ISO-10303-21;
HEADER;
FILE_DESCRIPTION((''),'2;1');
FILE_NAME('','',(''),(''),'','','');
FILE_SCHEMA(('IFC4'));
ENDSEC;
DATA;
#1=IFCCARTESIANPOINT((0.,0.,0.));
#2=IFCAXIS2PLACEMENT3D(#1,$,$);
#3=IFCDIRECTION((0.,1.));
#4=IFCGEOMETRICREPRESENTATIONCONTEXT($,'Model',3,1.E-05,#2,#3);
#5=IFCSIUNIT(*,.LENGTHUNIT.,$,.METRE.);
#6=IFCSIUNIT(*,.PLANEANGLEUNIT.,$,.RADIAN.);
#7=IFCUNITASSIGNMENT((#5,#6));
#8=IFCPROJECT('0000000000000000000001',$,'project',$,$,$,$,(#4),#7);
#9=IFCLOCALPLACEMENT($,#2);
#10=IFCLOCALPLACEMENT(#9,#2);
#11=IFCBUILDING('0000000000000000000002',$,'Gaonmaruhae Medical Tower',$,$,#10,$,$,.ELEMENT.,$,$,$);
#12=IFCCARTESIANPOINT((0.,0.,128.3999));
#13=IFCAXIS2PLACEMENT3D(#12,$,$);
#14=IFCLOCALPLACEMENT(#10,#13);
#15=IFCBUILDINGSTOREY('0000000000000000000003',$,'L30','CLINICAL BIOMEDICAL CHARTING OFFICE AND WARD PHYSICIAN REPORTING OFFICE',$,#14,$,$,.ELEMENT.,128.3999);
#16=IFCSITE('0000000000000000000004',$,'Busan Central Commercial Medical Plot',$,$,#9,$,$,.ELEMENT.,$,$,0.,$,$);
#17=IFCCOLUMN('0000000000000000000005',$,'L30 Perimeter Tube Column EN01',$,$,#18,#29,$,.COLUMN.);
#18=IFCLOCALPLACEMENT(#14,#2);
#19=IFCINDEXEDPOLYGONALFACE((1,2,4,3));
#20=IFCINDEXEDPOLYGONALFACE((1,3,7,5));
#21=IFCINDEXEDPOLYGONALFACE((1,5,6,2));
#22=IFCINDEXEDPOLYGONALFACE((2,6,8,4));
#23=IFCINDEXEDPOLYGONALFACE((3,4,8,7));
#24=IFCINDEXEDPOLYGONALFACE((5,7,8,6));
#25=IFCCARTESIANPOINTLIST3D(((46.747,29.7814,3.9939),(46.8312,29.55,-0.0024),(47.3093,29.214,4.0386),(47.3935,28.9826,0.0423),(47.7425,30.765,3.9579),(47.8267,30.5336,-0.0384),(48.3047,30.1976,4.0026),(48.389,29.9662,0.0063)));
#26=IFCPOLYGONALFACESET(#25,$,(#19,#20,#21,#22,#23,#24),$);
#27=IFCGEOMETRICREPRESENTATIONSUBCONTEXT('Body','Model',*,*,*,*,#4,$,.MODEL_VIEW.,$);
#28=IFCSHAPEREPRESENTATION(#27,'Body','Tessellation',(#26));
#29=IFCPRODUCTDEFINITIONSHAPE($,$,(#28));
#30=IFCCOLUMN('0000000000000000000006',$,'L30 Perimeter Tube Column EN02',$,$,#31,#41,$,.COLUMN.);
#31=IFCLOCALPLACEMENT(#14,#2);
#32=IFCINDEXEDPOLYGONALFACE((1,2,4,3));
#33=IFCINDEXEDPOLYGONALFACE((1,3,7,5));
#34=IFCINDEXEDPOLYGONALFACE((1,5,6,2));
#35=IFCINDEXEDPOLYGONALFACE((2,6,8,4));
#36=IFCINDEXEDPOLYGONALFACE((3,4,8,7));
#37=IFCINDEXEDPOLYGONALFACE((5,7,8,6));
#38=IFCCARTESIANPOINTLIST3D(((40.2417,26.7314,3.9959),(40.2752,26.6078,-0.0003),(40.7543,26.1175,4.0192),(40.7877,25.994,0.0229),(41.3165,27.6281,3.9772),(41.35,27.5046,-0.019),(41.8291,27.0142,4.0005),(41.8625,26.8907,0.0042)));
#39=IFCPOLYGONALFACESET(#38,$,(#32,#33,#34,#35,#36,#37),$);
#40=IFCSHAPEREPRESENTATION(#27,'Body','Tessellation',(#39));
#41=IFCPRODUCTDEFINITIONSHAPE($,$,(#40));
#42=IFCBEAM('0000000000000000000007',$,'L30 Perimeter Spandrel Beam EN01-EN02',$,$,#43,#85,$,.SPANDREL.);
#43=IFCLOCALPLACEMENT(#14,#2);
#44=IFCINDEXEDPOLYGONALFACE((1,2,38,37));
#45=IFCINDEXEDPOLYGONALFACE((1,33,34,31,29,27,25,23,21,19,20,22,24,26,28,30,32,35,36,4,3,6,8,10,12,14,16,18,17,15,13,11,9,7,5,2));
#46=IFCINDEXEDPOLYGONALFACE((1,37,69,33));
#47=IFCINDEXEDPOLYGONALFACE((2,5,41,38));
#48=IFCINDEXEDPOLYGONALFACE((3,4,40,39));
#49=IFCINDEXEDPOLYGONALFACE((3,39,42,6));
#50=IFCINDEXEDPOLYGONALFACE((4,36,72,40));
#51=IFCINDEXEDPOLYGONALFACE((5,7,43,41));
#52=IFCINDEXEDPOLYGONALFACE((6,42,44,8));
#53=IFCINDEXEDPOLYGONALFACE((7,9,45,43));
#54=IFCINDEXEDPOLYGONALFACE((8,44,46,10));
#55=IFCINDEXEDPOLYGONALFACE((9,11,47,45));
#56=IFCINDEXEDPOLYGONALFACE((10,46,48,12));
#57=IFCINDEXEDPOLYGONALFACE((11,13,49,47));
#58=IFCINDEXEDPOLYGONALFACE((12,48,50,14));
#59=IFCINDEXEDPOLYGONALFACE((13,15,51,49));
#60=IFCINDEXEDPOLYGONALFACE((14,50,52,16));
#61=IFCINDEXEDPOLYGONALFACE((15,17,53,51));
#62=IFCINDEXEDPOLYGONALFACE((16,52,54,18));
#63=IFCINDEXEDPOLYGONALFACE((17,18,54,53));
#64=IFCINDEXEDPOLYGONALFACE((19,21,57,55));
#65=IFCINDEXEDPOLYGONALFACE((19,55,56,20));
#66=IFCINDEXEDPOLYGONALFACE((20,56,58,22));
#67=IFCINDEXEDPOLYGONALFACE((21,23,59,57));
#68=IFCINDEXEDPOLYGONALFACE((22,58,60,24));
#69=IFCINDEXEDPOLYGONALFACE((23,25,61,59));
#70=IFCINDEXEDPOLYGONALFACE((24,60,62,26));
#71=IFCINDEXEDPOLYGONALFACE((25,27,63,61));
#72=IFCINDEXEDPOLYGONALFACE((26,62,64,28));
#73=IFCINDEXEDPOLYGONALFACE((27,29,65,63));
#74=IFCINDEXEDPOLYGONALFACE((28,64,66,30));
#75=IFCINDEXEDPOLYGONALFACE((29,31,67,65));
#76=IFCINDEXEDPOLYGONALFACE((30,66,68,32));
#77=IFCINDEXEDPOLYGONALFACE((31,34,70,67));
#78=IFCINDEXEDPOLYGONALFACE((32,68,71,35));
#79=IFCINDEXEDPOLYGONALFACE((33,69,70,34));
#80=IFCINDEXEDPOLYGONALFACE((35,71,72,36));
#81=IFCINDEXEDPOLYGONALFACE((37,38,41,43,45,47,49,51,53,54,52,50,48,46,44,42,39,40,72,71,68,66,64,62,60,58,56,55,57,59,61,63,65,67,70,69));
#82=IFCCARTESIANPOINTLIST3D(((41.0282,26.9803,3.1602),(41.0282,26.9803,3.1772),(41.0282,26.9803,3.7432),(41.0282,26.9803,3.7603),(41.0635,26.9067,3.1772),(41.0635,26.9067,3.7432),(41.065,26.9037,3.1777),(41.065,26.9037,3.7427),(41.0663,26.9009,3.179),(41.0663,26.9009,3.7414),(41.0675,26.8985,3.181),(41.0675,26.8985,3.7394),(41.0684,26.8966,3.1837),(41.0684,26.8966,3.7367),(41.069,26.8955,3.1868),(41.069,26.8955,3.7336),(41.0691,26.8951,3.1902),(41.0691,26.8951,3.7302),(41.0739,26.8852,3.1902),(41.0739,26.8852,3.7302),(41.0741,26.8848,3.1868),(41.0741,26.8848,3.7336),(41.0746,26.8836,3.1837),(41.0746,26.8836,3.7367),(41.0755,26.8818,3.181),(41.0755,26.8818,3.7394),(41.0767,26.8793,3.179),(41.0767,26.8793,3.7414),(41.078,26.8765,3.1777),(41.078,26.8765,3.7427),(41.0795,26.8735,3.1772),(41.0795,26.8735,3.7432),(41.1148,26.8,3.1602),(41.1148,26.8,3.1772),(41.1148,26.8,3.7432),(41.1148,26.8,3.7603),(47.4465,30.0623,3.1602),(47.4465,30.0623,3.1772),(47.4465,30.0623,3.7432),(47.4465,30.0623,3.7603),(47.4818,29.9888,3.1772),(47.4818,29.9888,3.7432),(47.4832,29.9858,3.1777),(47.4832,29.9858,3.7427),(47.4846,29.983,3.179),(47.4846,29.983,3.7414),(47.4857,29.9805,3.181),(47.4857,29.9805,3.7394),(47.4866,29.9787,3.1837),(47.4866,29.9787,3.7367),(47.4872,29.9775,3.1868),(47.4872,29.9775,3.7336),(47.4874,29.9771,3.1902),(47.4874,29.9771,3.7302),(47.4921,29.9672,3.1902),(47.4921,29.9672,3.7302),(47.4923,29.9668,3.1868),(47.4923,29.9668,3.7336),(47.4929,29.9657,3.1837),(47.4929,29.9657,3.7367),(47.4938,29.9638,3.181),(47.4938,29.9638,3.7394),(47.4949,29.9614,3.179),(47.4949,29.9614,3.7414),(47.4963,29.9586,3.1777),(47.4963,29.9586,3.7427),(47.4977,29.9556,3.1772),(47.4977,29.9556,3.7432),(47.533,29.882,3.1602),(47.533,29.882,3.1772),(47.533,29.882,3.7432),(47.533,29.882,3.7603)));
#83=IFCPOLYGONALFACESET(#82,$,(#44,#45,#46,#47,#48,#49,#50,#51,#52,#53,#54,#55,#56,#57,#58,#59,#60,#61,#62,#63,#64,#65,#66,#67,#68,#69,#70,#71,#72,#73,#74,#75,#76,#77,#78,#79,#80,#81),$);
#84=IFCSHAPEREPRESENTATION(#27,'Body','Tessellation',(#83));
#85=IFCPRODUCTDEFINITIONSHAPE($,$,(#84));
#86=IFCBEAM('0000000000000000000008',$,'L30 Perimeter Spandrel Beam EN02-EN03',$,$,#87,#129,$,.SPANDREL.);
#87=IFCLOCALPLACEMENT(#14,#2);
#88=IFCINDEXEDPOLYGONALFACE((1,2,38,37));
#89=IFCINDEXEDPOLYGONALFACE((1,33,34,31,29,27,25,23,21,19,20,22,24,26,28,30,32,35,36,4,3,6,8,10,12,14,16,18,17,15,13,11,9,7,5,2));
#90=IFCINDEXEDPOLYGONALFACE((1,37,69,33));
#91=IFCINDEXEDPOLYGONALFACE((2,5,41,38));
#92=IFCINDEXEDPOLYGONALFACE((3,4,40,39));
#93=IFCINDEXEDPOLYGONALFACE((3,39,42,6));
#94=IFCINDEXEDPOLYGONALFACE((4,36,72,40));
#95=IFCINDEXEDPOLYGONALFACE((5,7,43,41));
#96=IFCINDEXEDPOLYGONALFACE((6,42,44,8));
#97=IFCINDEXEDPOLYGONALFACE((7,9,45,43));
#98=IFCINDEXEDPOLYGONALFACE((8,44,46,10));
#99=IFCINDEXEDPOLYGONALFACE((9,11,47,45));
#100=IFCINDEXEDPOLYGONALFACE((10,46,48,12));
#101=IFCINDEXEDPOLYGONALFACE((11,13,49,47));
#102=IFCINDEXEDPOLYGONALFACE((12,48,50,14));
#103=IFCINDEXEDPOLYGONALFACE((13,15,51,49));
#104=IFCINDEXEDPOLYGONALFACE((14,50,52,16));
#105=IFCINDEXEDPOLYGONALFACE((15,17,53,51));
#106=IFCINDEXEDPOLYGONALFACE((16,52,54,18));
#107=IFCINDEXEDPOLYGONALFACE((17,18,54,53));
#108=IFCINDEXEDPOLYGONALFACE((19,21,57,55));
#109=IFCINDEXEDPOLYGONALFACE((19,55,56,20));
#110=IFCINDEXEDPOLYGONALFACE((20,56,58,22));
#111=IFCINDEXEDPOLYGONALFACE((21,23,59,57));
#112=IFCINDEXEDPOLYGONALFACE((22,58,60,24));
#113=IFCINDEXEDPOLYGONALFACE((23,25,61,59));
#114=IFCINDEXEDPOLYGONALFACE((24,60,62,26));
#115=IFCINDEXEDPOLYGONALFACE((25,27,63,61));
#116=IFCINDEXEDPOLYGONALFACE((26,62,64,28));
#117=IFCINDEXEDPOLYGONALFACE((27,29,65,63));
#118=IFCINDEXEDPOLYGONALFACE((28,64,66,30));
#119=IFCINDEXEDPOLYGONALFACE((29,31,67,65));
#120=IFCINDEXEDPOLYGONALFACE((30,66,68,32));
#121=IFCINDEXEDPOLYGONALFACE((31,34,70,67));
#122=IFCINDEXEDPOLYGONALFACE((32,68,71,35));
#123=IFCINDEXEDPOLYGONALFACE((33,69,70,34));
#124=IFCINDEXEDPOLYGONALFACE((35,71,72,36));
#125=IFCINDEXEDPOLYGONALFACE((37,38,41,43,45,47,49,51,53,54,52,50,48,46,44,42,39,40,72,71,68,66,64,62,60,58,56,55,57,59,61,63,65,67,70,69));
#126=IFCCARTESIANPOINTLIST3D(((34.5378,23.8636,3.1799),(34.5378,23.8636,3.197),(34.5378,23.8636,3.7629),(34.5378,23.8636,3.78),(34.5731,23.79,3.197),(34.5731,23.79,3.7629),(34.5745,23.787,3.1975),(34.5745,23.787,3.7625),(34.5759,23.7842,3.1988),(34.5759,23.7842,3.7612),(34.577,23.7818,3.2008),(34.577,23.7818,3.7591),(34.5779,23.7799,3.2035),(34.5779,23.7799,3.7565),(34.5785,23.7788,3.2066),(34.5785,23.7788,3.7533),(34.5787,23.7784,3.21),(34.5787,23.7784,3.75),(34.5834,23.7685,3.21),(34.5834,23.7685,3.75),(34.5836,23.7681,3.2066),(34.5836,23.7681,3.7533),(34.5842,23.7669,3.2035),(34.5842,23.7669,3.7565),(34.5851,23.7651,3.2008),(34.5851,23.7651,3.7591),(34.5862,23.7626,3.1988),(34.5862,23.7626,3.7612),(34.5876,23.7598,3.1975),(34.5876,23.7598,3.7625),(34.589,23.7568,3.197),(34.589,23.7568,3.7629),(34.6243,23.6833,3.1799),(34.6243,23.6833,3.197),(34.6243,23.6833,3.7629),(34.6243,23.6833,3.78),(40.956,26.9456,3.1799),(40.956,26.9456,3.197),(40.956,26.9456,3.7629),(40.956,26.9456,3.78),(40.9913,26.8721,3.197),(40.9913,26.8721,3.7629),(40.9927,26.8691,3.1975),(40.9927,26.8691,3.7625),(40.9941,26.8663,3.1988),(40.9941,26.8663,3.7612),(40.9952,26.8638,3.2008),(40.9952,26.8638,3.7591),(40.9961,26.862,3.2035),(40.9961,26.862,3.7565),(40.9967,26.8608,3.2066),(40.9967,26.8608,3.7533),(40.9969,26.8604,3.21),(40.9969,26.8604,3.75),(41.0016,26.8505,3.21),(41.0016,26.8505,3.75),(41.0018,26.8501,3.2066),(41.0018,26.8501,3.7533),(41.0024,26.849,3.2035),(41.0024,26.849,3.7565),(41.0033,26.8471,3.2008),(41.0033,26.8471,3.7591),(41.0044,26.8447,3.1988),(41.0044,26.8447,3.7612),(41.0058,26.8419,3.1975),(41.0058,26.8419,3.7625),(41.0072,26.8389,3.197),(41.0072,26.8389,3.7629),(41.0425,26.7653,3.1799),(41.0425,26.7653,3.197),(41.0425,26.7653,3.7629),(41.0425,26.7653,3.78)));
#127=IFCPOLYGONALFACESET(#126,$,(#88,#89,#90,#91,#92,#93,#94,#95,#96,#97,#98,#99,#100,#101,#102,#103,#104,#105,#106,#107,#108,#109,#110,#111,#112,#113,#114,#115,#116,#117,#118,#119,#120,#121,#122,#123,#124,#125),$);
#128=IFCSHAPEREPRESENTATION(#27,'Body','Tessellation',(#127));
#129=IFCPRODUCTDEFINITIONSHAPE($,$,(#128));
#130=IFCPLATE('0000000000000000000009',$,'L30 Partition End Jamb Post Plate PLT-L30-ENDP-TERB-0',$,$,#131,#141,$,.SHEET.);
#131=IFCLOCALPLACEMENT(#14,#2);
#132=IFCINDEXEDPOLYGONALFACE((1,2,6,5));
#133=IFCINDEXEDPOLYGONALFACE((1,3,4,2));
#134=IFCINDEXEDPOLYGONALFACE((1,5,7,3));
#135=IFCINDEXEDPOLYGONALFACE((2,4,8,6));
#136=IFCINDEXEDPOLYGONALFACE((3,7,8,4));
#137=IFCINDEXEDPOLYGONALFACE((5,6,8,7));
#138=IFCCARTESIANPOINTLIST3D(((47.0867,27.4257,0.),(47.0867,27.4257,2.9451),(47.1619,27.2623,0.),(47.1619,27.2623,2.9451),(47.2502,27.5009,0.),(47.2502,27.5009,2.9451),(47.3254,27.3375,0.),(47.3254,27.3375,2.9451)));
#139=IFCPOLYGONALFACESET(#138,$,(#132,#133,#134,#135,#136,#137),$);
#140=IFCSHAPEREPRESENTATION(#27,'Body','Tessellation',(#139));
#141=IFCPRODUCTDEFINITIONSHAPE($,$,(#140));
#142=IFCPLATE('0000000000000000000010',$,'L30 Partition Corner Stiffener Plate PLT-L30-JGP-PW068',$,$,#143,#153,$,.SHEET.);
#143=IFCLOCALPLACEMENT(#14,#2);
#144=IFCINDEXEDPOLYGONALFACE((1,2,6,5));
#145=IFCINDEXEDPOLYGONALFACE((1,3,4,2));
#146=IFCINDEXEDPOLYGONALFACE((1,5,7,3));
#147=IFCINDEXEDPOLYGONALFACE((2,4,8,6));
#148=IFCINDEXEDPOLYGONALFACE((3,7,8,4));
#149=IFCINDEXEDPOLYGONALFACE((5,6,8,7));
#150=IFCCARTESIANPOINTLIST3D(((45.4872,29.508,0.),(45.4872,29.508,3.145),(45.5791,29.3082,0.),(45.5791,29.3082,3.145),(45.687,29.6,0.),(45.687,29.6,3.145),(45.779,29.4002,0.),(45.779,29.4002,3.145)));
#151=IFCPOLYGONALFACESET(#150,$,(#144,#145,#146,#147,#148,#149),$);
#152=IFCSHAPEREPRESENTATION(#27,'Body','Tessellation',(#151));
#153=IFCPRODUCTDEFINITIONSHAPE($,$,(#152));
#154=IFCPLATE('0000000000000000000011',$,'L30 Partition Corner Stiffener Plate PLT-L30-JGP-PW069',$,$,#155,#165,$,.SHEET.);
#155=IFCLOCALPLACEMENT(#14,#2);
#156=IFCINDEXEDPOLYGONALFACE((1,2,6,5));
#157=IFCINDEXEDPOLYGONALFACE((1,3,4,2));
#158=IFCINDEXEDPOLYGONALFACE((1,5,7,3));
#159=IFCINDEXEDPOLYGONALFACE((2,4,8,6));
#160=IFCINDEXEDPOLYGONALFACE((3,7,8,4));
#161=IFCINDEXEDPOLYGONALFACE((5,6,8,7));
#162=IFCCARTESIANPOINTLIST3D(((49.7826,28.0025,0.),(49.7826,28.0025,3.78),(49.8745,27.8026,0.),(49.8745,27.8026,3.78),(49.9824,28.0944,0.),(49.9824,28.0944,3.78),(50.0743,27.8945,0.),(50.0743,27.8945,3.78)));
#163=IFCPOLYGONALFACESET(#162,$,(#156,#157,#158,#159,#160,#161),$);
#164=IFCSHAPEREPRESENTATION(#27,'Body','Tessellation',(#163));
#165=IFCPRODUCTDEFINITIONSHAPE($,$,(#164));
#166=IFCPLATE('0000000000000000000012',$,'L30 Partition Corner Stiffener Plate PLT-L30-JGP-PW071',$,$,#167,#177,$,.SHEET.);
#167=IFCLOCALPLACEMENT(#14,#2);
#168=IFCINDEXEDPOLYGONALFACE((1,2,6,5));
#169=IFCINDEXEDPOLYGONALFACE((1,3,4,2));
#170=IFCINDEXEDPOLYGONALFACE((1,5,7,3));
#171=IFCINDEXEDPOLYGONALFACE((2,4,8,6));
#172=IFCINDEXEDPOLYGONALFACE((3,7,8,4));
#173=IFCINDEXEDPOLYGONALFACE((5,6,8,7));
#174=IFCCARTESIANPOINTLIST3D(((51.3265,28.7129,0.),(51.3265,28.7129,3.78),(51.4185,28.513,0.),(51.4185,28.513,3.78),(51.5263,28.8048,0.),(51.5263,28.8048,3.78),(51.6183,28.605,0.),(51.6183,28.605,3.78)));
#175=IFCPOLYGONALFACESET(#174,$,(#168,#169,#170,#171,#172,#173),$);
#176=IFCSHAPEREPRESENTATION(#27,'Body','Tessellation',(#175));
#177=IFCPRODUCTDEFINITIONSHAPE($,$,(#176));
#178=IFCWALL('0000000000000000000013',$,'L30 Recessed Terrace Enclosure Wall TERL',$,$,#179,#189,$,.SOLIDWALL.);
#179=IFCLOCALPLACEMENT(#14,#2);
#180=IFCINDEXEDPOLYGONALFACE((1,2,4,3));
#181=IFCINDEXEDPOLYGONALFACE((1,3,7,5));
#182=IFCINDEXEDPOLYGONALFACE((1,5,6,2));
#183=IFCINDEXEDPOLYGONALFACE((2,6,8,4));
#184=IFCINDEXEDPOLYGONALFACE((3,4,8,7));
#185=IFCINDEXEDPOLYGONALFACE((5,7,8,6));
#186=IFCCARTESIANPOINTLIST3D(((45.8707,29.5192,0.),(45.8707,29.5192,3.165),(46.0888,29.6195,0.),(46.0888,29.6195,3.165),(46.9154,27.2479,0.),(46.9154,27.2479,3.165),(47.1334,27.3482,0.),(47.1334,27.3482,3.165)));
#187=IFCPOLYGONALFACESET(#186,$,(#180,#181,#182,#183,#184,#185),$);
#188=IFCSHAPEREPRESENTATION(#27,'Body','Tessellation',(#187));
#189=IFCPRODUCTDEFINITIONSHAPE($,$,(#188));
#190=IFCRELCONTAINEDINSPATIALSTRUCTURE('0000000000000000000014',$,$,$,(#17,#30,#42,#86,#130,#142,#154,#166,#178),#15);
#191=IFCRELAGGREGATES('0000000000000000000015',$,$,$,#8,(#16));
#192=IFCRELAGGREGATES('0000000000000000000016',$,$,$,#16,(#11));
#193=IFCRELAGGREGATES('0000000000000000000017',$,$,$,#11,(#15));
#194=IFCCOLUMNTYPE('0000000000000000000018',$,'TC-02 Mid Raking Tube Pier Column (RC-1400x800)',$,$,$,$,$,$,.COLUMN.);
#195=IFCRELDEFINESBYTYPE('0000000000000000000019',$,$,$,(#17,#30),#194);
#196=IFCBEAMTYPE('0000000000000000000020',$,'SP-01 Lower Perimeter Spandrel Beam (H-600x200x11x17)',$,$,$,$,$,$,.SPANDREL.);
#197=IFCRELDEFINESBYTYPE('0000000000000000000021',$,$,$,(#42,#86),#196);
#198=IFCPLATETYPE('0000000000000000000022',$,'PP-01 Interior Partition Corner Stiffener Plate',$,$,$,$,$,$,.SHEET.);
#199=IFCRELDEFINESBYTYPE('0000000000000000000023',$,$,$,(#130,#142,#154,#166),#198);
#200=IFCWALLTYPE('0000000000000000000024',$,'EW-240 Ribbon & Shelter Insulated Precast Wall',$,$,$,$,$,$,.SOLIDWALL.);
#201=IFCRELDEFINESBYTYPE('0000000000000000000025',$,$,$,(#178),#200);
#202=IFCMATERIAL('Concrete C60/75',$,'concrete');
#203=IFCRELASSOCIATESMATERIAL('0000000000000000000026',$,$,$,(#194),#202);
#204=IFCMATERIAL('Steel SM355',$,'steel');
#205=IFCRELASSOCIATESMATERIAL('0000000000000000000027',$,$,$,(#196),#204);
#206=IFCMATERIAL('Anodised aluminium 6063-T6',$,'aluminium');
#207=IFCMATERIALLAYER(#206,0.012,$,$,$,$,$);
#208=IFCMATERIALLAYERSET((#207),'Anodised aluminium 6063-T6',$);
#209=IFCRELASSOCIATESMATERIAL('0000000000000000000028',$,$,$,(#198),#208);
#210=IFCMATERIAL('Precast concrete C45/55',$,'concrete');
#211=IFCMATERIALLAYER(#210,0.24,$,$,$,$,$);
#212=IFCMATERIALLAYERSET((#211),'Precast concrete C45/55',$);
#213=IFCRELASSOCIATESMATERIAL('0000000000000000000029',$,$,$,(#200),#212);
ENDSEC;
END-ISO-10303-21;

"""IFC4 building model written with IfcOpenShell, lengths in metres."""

from ifc_helpers import new_model, si_unit, direction, frame, frame_2d, origin, origin_2d, place, context, subcontext, project, spatial, rectangle, i_section, extrude, material, layer, layer_set, material_profile, profile_set, type_object, element, save


model = new_model("IFC4")

# Units and contexts
model_context = context("Model", 3, precision=1e-05, world=origin(), true_north=direction((0.0, 1.0)))
body_context = subcontext(model_context, "Body", "Model", "MODEL_VIEW")
ifc_project = project(units=[si_unit("LENGTHUNIT", "METRE"), si_unit("PLANEANGLEUNIT", "RADIAN")], contexts=[model_context])

# Site, building, storey
site_placement = place(None, origin())
site = spatial("IfcSite", under=ifc_project, at=site_placement, Name="Busan Central Commercial Medical Plot", CompositionType="ELEMENT", RefElevation=0.0)
building_placement = place(site_placement, origin())
building = spatial("IfcBuilding", under=site, at=building_placement, Name="Gaonmaruhae Medical Tower", CompositionType="ELEMENT")
storey_placement = place(building_placement, frame((0.0, 0.0, 128.3999)))
storey = spatial("IfcBuildingStorey", under=building, at=storey_placement, Name="L30", Description="CLINICAL BIOMEDICAL CHARTING OFFICE AND WARD PHYSICIAN REPORTING OFFICE", CompositionType="ELEMENT", Elevation=128.3999)

# Columns
ifc_material_1 = material(Name="Concrete C60/75", Category="concrete")
ifc_material_profile_1 = material_profile(ifc_material_1, rectangle(XDim=1.3999, YDim=0.8, at=origin_2d()), Name="RC-1400x800")
ifc_profile_set_1 = profile_set([ifc_material_profile_1], Name="Concrete C60/75")
column_type = type_object("IfcColumnType", Name="TC-02 Mid Raking Tube Pier Column (RC-1400x800)", PredefinedType="COLUMN", material=ifc_profile_set_1)
column_1_placement = place(storey_placement, frame((47.6101, 29.7581, 0.002), z_axis=(-0.021037, 0.057805, 0.998106), x_axis=(-0.711099, -0.702622, 0.025704)))
element("IfcColumn", 1, at=column_1_placement, inside=storey, type_object=column_type, Name="L30 Perimeter Tube Column EN01", PredefinedType="COLUMN", context=body_context, shape_type="SweptSolid", body=[
    extrude(rectangle(XDim=1.3999, YDim=0.8, at=origin_2d()), origin(), (0.0, 0.0, 1.0), 4.0039),
])
column_2_placement = place(storey_placement, frame((41.0688, 26.7493, 0.002), z_axis=(-0.008365, 0.030896, 0.999488), x_axis=(-0.767784, -0.640569, 0.013375)))
element("IfcColumn", 2, at=column_2_placement, inside=storey, type_object=column_type, Name="L30 Perimeter Tube Column EN02", PredefinedType="COLUMN", context=body_context, shape_type="SweptSolid", body=[
    extrude(rectangle(XDim=1.3999, YDim=0.8, at=origin_2d()), origin(), (0.0, 0.0, 1.0), 3.9983),
])

# Beams
ifc_material_2 = material(Name="Steel SM355", Category="steel")
ifc_material_profile_2 = material_profile(ifc_material_2, i_section(OverallWidth=0.2, OverallDepth=0.6001, WebThickness=0.011, FlangeThickness=0.0171, FilletRadius=0.0129, at=origin_2d()), Name="H-600x200x11x17")
ifc_profile_set_2 = profile_set([ifc_material_profile_2], Name="Steel SM355")
beam_type = type_object("IfcBeamType", Name="SP-01 Lower Perimeter Spandrel Beam (H-600x200x11x17)", PredefinedType="SPANDREL", material=ifc_profile_set_2)
for number, where, z_axis, x_axis, name in (
    (3, (47.4897, 29.9722, 3.4602), (-0.901452, -0.432878, 0.0), (0.432878, -0.901452, 0.0), "L30 Perimeter Spandrel Beam EN01-EN02"),
    (4, (40.9993, 26.8555, 3.48), (-0.901452, -0.432878, 0.0), (0.432878, -0.901452, 0.0), "L30 Perimeter Spandrel Beam EN02-EN03"),
):
    element("IfcBeam", number, at=place(storey_placement, frame(where, z_axis=z_axis, x_axis=x_axis)), inside=storey, type_object=beam_type, Name=name, PredefinedType="SPANDREL", context=body_context, shape_type="SweptSolid", body=[
        extrude(i_section(OverallWidth=0.2, OverallDepth=0.6001, WebThickness=0.011, FlangeThickness=0.0171, FilletRadius=0.0129, at=origin_2d()), origin(), (0.0, 0.0, 1.0), 7.1199),
    ])

# Plates
ifc_material_3 = material(Name="Anodised aluminium 6063-T6", Category="aluminium")
ifc_layer_1 = layer(ifc_material_3, 0.012)
ifc_layer_set_1 = layer_set([ifc_layer_1], Name="Anodised aluminium 6063-T6")
plate_type = type_object("IfcPlateType", Name="PP-01 Interior Partition Corner Stiffener Plate", PredefinedType="SHEET", material=ifc_layer_set_1)
plate_1_placement = place(storey_placement, frame((47.2061, 27.3816, 0.0), z_axis=(0.0, 0.0, 1.0), x_axis=(0.908508, 0.417867, 0.0)))
element("IfcPlate", 5, at=plate_1_placement, inside=storey, type_object=plate_type, Name="L30 Partition End Jamb Post Plate PLT-L30-ENDP-TERB-0", PredefinedType="SHEET", context=body_context, shape_type="SweptSolid", body=[
    extrude(rectangle(XDim=0.1799, YDim=0.1799, at=origin_2d()), origin(), (0.0, 0.0, 1.0), 2.9451),
])
plate_2_placement = place(storey_placement, frame((45.6331, 29.4541, 0.0), z_axis=(0.0, 0.0, 1.0), x_axis=(0.908384, 0.418137, 0.0)))
element("IfcPlate", 6, at=plate_2_placement, inside=storey, type_object=plate_type, Name="L30 Partition Corner Stiffener Plate PLT-L30-JGP-PW068", PredefinedType="SHEET", context=body_context, shape_type="SweptSolid", body=[
    extrude(rectangle(XDim=0.22, YDim=0.22, at=origin_2d()), origin(), (0.0, 0.0, 1.0), 3.145),
])
for number, where, z_axis, x_axis, name in (
    (7, (49.9285, 27.9485, 0.0), (0.0, 0.0, 1.0), (0.417804, -0.908537, 0.0), "L30 Partition Corner Stiffener Plate PLT-L30-JGP-PW069"),
    (8, (51.4724, 28.6589, 0.0), (0.0, 0.0, 1.0), (-0.418152, 0.908377, 0.0), "L30 Partition Corner Stiffener Plate PLT-L30-JGP-PW071"),
):
    element("IfcPlate", number, at=place(storey_placement, frame(where, z_axis=z_axis, x_axis=x_axis)), inside=storey, type_object=plate_type, Name=name, PredefinedType="SHEET", context=body_context, shape_type="SweptSolid", body=[
        extrude(rectangle(XDim=0.22, YDim=0.22, at=origin_2d()), origin(), (0.0, 0.0, 1.0), 3.78),
    ])

# Shared definitions
ifc_material_4 = material(Name="Precast concrete C45/55", Category="concrete")
ifc_layer_2 = layer(ifc_material_4, 0.24)
ifc_layer_set_2 = layer_set([ifc_layer_2], Name="Precast concrete C45/55")
wall_type_1 = type_object("IfcWallType", Name="EW-240 Ribbon & Shelter Insulated Precast Wall", PredefinedType="SOLIDWALL", material=ifc_layer_set_2)

# Wall
wall_1_placement = place(storey_placement, frame((45.9797, 29.5693, 0.0), z_axis=(0.0, 0.0, 1.0), x_axis=(0.417875, -0.908505, 0.0)))
element("IfcWall", 9, at=wall_1_placement, inside=storey, type_object=wall_type_1, Name="L30 Recessed Terrace Enclosure Wall TERL", PredefinedType="SOLIDWALL", context=body_context, shape_type="SweptSolid", body=[
    extrude(rectangle(XDim=2.5, YDim=0.24, at=frame_2d((1.25, 0.0))), origin(), (0.0, 0.0, 1.0), 3.165),
])

save(model, "model.ifc")
